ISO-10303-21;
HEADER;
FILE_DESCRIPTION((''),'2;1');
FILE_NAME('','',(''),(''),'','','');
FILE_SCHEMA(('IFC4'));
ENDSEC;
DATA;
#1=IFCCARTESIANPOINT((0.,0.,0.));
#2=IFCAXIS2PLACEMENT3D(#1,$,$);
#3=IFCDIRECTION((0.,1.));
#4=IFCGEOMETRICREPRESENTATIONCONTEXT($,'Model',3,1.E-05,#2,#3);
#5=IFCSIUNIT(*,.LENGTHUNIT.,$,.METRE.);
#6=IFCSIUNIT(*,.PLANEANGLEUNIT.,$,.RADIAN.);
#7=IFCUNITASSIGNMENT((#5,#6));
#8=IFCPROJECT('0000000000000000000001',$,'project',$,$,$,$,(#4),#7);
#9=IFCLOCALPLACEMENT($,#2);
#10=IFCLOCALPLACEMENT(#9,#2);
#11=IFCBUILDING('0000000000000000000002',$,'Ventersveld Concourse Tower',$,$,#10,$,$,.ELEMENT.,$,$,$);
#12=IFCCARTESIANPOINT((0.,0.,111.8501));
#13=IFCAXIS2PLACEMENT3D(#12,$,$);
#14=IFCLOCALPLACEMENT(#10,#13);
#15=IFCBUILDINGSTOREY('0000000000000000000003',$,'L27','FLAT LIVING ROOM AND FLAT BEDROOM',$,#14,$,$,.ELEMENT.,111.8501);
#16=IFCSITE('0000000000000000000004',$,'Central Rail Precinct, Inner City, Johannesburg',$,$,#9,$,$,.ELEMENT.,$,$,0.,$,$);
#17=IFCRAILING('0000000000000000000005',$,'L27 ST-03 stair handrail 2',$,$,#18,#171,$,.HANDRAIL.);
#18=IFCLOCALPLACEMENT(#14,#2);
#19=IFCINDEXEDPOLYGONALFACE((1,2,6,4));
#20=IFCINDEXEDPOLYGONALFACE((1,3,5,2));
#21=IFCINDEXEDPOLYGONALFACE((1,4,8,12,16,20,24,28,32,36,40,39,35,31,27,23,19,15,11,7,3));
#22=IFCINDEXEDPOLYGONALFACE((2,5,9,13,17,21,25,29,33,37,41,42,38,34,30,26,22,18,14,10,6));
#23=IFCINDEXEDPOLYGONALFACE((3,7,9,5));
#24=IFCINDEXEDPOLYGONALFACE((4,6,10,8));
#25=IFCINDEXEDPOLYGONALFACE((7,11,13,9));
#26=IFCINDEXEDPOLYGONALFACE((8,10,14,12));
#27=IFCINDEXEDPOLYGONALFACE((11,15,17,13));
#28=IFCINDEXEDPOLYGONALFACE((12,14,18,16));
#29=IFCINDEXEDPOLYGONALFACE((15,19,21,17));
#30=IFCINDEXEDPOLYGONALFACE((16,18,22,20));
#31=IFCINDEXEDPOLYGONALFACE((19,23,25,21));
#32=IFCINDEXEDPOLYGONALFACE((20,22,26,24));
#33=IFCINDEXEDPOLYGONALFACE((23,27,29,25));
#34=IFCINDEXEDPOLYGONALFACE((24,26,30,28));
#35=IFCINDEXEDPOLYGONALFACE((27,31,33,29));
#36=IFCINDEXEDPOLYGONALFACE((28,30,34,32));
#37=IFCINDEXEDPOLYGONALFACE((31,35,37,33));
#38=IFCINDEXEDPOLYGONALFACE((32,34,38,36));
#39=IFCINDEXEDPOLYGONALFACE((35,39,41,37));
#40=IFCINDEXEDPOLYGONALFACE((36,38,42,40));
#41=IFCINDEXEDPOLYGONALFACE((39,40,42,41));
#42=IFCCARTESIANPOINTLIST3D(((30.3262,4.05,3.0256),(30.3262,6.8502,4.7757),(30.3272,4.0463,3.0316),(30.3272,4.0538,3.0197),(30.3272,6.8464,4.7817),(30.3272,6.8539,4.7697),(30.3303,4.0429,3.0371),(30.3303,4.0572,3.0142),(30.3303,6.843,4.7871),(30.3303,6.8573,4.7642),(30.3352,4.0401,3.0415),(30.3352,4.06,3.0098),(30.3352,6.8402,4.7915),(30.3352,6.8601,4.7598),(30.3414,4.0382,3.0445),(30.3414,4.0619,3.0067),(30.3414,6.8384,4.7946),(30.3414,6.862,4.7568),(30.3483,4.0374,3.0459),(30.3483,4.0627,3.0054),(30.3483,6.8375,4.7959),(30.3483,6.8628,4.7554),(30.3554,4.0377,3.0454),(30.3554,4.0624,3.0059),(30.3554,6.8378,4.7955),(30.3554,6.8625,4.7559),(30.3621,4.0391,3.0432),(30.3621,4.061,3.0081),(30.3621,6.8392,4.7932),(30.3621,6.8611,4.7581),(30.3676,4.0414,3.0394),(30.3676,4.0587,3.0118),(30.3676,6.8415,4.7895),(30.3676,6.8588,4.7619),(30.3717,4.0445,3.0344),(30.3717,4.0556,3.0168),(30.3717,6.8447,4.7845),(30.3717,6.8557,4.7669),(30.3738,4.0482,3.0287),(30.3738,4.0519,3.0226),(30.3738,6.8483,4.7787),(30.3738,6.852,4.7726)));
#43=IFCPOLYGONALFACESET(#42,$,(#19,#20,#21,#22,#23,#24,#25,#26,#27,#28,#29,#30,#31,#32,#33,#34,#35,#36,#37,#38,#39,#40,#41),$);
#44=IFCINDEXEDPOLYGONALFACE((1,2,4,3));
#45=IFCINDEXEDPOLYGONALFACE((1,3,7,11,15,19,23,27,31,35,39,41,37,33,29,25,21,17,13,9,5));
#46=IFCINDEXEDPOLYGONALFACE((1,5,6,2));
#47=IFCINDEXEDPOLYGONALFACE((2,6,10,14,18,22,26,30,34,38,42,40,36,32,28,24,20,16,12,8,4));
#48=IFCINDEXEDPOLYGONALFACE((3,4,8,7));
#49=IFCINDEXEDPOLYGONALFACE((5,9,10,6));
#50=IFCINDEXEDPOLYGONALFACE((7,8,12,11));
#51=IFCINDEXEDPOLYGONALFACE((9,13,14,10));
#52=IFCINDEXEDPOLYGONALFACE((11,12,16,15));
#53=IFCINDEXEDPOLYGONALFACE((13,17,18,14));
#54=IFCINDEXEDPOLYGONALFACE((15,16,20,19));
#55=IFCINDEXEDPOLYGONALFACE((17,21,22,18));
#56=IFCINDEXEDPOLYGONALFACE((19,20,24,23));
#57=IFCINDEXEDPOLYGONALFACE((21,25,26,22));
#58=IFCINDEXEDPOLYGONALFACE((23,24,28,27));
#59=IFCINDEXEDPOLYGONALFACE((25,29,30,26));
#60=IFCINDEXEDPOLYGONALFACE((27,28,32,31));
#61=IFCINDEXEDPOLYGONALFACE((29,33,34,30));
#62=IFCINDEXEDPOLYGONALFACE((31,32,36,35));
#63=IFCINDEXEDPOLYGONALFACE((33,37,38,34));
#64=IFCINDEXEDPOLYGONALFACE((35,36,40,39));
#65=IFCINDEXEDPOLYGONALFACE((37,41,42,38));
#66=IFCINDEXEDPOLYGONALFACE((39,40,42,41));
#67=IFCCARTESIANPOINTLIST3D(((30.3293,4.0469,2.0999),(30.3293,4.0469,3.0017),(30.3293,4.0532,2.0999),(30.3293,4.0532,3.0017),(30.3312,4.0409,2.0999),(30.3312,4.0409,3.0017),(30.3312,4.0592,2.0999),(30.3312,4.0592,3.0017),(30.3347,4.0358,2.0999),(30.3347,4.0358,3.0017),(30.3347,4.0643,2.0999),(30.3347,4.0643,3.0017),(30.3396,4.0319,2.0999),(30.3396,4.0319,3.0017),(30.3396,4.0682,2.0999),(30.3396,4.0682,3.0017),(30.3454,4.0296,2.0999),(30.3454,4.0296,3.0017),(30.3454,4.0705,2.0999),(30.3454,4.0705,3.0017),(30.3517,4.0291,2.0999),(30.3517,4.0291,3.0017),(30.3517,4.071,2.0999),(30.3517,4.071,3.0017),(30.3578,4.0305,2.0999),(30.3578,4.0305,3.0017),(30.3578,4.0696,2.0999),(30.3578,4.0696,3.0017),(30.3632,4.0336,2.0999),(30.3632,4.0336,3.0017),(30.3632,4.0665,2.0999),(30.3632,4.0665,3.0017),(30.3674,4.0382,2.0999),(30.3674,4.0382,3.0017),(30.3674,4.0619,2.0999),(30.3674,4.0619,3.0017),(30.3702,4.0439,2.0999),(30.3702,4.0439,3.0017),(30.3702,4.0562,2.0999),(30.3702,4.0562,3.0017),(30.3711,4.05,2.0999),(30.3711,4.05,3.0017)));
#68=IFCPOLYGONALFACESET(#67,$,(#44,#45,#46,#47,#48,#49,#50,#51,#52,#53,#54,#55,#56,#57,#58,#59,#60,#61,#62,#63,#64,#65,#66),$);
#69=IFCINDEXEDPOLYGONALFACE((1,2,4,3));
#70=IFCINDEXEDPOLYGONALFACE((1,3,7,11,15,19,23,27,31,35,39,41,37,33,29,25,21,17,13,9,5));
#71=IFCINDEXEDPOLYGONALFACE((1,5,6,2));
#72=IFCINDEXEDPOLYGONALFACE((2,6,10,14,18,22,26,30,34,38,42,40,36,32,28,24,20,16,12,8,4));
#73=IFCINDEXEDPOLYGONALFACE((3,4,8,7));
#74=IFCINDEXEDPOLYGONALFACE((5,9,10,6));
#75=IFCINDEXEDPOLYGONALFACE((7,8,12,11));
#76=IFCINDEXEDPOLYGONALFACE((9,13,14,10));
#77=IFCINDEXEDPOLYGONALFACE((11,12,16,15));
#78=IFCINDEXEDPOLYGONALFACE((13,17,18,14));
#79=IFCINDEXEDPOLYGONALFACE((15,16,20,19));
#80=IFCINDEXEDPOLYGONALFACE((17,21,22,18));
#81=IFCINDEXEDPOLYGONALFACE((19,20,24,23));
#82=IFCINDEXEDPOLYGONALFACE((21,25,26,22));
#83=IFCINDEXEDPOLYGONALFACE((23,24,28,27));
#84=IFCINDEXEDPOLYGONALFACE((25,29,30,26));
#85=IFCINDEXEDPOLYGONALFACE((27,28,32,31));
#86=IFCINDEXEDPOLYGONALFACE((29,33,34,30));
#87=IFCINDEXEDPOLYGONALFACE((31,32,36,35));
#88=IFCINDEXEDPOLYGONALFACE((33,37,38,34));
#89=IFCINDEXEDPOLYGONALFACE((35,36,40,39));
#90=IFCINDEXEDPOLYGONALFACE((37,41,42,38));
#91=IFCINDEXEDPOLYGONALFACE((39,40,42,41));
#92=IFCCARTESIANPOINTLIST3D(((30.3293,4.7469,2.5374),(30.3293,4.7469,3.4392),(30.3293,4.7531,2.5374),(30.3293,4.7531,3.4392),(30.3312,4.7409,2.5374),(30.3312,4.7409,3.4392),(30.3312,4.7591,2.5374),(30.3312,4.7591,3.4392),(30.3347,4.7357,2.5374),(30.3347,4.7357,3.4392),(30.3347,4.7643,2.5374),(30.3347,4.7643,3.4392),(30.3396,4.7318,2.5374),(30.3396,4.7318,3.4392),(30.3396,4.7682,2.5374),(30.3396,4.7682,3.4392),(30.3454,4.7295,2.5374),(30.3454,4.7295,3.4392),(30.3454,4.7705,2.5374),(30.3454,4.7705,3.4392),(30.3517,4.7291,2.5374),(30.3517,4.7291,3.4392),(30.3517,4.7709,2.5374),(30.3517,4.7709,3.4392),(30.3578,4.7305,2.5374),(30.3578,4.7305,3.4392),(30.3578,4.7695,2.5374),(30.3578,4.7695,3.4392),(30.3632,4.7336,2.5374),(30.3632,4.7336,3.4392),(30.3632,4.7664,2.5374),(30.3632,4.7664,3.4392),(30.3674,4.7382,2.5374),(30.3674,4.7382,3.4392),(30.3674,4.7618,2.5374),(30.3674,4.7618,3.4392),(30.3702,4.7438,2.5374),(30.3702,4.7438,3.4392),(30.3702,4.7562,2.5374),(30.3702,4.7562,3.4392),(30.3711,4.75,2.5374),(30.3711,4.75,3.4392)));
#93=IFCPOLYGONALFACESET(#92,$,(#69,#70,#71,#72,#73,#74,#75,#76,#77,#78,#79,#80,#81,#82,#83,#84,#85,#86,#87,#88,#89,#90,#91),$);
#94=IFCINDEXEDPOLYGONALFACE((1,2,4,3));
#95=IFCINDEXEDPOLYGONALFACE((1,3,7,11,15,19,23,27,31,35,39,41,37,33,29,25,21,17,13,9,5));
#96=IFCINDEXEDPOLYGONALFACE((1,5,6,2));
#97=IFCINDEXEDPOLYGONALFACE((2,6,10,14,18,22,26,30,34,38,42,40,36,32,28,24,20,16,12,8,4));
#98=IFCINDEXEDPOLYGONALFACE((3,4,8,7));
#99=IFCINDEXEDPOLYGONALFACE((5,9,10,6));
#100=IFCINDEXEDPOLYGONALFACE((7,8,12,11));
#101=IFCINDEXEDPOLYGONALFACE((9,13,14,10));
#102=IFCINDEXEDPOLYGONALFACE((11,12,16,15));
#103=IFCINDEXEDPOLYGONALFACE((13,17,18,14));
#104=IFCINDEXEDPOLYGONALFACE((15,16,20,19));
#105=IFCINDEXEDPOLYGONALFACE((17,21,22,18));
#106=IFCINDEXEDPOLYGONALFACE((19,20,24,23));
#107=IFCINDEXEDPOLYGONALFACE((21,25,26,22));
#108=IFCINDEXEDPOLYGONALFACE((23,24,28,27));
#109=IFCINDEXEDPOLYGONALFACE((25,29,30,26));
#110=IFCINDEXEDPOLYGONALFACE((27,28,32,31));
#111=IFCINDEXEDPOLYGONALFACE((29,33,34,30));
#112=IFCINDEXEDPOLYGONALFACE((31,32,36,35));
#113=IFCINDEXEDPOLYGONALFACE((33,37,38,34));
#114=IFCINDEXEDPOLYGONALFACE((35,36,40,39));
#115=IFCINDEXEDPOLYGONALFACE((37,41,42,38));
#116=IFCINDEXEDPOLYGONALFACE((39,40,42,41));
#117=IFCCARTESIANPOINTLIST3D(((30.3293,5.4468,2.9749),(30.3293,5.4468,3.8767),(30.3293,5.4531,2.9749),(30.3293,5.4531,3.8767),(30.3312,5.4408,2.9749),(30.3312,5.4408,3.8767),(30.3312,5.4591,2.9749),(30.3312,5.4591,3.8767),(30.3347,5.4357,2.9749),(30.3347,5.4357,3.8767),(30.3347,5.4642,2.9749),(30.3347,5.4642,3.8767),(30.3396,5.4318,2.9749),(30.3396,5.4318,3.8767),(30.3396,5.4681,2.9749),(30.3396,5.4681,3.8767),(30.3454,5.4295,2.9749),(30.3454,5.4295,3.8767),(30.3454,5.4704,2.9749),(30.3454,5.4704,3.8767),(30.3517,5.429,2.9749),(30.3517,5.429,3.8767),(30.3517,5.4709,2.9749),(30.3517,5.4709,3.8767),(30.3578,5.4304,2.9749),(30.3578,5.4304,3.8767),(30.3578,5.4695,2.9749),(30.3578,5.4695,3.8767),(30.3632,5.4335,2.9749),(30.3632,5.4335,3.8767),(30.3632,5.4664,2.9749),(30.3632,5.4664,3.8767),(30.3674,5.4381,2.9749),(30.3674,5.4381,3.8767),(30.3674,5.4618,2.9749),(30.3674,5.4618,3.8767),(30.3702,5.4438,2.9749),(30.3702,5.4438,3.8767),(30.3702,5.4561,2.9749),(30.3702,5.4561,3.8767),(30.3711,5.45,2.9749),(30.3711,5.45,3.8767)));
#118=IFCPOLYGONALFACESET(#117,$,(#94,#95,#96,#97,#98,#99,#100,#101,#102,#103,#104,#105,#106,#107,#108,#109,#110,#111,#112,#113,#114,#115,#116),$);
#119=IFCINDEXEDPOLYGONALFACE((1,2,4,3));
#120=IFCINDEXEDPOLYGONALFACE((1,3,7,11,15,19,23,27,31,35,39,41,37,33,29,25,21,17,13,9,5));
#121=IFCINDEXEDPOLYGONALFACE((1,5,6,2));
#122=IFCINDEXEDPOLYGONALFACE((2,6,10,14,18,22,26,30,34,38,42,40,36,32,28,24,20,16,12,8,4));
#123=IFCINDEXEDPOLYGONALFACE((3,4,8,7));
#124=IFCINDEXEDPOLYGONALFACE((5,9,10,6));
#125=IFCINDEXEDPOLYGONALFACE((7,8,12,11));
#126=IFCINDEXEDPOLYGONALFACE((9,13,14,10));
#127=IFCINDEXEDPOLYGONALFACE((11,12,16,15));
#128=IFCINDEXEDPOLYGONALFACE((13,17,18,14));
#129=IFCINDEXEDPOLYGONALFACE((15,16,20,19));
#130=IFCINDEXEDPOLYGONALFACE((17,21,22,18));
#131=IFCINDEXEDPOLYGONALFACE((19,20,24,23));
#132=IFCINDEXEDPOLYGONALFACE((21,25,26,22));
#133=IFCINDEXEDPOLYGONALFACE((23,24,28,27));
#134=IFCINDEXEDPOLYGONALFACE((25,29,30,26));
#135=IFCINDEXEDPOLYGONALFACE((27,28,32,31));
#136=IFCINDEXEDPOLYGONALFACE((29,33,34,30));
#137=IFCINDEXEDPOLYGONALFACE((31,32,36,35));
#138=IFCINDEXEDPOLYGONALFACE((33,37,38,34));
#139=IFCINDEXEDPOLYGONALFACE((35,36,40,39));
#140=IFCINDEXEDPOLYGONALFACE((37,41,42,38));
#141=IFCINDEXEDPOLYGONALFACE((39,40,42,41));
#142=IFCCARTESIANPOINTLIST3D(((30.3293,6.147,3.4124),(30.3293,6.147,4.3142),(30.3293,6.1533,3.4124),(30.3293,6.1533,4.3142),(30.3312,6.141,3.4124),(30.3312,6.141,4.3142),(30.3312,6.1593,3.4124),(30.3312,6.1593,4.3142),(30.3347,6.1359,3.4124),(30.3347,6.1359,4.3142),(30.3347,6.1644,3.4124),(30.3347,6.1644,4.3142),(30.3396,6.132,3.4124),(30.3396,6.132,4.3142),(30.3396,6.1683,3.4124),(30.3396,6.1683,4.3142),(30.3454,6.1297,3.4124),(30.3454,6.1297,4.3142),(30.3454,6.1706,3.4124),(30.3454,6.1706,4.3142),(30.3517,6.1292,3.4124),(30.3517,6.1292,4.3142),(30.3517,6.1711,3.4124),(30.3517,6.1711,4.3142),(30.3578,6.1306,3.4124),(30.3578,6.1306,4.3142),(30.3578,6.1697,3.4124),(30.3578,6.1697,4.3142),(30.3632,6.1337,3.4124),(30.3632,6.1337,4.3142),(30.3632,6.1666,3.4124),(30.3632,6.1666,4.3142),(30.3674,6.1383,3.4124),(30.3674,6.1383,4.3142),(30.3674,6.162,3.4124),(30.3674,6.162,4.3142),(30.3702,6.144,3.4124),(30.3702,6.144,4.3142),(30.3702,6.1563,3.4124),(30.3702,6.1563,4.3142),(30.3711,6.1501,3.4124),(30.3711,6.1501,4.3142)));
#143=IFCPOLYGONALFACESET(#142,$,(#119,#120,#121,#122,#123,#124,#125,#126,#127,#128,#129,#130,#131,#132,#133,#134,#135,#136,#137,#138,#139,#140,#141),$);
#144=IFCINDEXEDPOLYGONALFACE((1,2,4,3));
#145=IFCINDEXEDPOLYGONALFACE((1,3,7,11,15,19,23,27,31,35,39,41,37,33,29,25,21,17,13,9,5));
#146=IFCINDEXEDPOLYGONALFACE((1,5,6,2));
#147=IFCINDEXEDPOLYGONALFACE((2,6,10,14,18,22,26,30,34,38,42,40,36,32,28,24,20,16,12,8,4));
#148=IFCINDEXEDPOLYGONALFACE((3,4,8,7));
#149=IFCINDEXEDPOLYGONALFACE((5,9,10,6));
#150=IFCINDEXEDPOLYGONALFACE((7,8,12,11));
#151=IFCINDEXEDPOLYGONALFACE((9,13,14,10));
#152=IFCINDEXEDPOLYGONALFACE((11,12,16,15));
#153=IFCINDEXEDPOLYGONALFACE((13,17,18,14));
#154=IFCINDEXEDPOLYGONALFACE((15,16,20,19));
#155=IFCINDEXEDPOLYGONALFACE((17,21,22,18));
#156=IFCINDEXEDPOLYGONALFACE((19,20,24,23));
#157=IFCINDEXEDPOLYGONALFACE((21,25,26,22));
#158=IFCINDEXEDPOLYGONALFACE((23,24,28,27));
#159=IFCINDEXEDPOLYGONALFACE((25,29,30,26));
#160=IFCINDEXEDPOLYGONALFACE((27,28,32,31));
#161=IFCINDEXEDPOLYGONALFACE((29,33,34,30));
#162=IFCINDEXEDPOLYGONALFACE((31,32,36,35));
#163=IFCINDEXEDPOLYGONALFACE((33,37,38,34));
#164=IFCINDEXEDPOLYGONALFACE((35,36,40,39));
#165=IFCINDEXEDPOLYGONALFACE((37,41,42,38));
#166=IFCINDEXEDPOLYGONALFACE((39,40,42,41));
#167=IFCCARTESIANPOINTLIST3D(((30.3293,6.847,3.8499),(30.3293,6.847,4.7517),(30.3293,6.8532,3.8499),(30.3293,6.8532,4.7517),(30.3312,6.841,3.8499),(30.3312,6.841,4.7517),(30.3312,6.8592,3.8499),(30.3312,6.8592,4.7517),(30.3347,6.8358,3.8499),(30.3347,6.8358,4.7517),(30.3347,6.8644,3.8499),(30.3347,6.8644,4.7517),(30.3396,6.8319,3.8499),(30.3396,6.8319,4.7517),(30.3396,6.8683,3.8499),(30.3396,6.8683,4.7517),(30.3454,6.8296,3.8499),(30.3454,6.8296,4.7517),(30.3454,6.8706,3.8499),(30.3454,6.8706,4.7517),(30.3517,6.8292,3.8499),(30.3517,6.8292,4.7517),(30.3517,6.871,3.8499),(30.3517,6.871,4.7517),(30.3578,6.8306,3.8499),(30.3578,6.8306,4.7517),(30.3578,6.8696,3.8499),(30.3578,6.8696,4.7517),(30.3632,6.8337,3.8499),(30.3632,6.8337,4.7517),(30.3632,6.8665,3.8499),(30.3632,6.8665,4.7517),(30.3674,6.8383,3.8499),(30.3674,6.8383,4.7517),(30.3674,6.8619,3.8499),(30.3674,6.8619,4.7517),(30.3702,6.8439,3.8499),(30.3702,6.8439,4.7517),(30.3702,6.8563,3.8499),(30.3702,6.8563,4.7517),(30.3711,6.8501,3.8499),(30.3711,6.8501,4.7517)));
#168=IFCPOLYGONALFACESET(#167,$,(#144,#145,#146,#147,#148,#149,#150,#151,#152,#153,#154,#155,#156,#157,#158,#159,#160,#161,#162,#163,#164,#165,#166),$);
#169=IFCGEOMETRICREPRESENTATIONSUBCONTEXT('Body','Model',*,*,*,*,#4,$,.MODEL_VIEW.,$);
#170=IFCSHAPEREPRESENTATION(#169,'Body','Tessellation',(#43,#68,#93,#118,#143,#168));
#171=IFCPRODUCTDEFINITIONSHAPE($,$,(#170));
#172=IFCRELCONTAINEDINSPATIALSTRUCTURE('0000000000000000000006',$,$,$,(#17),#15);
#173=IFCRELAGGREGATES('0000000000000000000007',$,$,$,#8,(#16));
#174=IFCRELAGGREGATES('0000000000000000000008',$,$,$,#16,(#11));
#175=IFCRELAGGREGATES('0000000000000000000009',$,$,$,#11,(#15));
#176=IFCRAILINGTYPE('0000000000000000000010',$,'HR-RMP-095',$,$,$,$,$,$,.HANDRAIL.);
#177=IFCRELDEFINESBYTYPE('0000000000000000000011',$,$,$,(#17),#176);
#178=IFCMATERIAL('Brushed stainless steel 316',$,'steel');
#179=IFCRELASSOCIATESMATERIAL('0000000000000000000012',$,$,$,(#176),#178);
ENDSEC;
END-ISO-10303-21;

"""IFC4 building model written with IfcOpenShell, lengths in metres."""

from ifc_helpers import new_model, si_unit, direction, frame, origin, origin_2d, place, context, subcontext, project, spatial, circle, extrude, material, type_object, element, save


model = new_model("IFC4")

# Units and contexts
model_context = context("Model", 3, precision=1e-05, world=origin(), true_north=direction((0.0, 1.0)))
body_context = subcontext(model_context, "Body", "Model", "MODEL_VIEW")
ifc_project = project(units=[si_unit("LENGTHUNIT", "METRE"), si_unit("PLANEANGLEUNIT", "RADIAN")], contexts=[model_context])

# Site, building, storey
site_placement = place(None, origin())
site = spatial("IfcSite", under=ifc_project, at=site_placement, Name="Central Rail Precinct, Inner City, Johannesburg", CompositionType="ELEMENT", RefElevation=0.0)
building_placement = place(site_placement, origin())
building = spatial("IfcBuilding", under=site, at=building_placement, Name="Ventersveld Concourse Tower", CompositionType="ELEMENT")
storey_placement = place(building_placement, frame((0.0, 0.0, 111.8501)))
storey = spatial("IfcBuildingStorey", under=building, at=storey_placement, Name="L27", Description="FLAT LIVING ROOM AND FLAT BEDROOM", CompositionType="ELEMENT", Elevation=111.8501)

# Railing
ifc_material_1 = material(Name="Brushed stainless steel 316", Category="steel")
railing_type_1 = type_object("IfcRailingType", Name="HR-RMP-095", PredefinedType="HANDRAIL", material=ifc_material_1)
railing_1_placement = place(storey_placement, frame((30.3501, 4.05, 2.0999)))
element("IfcRailing", 1, at=railing_1_placement, inside=storey, type_object=railing_type_1, Name="L27 ST-03 stair handrail 2", PredefinedType="HANDRAIL", context=body_context, shape_type="SweptSolid", body=[
    extrude(circle(Radius=0.0239, at=origin_2d()), frame((0.0, 0.0, 0.9258), z_axis=(0.0, 0.848002, 0.529992), x_axis=(-1.0, 0.0, 0.0)), (0.0, 0.0, 1.0), 3.302),
    extrude(circle(Radius=0.021, at=origin_2d()), origin(), (0.0, 0.0, 1.0), 0.9019),
    extrude(circle(Radius=0.021, at=origin_2d()), frame((0.0, 0.7, 0.4375)), (0.0, 0.0, 1.0), 0.9019),
    extrude(circle(Radius=0.021, at=origin_2d()), frame((0.0, 1.3999, 0.875)), (0.0, 0.0, 1.0), 0.9019),
    extrude(circle(Radius=0.021, at=origin_2d()), frame((0.0, 2.1001, 1.3125)), (0.0, 0.0, 1.0), 0.9019),
    extrude(circle(Radius=0.021, at=origin_2d()), frame((0.0, 2.8, 1.75)), (0.0, 0.0, 1.0), 0.9019),
])

save(model, "model.ifc")
